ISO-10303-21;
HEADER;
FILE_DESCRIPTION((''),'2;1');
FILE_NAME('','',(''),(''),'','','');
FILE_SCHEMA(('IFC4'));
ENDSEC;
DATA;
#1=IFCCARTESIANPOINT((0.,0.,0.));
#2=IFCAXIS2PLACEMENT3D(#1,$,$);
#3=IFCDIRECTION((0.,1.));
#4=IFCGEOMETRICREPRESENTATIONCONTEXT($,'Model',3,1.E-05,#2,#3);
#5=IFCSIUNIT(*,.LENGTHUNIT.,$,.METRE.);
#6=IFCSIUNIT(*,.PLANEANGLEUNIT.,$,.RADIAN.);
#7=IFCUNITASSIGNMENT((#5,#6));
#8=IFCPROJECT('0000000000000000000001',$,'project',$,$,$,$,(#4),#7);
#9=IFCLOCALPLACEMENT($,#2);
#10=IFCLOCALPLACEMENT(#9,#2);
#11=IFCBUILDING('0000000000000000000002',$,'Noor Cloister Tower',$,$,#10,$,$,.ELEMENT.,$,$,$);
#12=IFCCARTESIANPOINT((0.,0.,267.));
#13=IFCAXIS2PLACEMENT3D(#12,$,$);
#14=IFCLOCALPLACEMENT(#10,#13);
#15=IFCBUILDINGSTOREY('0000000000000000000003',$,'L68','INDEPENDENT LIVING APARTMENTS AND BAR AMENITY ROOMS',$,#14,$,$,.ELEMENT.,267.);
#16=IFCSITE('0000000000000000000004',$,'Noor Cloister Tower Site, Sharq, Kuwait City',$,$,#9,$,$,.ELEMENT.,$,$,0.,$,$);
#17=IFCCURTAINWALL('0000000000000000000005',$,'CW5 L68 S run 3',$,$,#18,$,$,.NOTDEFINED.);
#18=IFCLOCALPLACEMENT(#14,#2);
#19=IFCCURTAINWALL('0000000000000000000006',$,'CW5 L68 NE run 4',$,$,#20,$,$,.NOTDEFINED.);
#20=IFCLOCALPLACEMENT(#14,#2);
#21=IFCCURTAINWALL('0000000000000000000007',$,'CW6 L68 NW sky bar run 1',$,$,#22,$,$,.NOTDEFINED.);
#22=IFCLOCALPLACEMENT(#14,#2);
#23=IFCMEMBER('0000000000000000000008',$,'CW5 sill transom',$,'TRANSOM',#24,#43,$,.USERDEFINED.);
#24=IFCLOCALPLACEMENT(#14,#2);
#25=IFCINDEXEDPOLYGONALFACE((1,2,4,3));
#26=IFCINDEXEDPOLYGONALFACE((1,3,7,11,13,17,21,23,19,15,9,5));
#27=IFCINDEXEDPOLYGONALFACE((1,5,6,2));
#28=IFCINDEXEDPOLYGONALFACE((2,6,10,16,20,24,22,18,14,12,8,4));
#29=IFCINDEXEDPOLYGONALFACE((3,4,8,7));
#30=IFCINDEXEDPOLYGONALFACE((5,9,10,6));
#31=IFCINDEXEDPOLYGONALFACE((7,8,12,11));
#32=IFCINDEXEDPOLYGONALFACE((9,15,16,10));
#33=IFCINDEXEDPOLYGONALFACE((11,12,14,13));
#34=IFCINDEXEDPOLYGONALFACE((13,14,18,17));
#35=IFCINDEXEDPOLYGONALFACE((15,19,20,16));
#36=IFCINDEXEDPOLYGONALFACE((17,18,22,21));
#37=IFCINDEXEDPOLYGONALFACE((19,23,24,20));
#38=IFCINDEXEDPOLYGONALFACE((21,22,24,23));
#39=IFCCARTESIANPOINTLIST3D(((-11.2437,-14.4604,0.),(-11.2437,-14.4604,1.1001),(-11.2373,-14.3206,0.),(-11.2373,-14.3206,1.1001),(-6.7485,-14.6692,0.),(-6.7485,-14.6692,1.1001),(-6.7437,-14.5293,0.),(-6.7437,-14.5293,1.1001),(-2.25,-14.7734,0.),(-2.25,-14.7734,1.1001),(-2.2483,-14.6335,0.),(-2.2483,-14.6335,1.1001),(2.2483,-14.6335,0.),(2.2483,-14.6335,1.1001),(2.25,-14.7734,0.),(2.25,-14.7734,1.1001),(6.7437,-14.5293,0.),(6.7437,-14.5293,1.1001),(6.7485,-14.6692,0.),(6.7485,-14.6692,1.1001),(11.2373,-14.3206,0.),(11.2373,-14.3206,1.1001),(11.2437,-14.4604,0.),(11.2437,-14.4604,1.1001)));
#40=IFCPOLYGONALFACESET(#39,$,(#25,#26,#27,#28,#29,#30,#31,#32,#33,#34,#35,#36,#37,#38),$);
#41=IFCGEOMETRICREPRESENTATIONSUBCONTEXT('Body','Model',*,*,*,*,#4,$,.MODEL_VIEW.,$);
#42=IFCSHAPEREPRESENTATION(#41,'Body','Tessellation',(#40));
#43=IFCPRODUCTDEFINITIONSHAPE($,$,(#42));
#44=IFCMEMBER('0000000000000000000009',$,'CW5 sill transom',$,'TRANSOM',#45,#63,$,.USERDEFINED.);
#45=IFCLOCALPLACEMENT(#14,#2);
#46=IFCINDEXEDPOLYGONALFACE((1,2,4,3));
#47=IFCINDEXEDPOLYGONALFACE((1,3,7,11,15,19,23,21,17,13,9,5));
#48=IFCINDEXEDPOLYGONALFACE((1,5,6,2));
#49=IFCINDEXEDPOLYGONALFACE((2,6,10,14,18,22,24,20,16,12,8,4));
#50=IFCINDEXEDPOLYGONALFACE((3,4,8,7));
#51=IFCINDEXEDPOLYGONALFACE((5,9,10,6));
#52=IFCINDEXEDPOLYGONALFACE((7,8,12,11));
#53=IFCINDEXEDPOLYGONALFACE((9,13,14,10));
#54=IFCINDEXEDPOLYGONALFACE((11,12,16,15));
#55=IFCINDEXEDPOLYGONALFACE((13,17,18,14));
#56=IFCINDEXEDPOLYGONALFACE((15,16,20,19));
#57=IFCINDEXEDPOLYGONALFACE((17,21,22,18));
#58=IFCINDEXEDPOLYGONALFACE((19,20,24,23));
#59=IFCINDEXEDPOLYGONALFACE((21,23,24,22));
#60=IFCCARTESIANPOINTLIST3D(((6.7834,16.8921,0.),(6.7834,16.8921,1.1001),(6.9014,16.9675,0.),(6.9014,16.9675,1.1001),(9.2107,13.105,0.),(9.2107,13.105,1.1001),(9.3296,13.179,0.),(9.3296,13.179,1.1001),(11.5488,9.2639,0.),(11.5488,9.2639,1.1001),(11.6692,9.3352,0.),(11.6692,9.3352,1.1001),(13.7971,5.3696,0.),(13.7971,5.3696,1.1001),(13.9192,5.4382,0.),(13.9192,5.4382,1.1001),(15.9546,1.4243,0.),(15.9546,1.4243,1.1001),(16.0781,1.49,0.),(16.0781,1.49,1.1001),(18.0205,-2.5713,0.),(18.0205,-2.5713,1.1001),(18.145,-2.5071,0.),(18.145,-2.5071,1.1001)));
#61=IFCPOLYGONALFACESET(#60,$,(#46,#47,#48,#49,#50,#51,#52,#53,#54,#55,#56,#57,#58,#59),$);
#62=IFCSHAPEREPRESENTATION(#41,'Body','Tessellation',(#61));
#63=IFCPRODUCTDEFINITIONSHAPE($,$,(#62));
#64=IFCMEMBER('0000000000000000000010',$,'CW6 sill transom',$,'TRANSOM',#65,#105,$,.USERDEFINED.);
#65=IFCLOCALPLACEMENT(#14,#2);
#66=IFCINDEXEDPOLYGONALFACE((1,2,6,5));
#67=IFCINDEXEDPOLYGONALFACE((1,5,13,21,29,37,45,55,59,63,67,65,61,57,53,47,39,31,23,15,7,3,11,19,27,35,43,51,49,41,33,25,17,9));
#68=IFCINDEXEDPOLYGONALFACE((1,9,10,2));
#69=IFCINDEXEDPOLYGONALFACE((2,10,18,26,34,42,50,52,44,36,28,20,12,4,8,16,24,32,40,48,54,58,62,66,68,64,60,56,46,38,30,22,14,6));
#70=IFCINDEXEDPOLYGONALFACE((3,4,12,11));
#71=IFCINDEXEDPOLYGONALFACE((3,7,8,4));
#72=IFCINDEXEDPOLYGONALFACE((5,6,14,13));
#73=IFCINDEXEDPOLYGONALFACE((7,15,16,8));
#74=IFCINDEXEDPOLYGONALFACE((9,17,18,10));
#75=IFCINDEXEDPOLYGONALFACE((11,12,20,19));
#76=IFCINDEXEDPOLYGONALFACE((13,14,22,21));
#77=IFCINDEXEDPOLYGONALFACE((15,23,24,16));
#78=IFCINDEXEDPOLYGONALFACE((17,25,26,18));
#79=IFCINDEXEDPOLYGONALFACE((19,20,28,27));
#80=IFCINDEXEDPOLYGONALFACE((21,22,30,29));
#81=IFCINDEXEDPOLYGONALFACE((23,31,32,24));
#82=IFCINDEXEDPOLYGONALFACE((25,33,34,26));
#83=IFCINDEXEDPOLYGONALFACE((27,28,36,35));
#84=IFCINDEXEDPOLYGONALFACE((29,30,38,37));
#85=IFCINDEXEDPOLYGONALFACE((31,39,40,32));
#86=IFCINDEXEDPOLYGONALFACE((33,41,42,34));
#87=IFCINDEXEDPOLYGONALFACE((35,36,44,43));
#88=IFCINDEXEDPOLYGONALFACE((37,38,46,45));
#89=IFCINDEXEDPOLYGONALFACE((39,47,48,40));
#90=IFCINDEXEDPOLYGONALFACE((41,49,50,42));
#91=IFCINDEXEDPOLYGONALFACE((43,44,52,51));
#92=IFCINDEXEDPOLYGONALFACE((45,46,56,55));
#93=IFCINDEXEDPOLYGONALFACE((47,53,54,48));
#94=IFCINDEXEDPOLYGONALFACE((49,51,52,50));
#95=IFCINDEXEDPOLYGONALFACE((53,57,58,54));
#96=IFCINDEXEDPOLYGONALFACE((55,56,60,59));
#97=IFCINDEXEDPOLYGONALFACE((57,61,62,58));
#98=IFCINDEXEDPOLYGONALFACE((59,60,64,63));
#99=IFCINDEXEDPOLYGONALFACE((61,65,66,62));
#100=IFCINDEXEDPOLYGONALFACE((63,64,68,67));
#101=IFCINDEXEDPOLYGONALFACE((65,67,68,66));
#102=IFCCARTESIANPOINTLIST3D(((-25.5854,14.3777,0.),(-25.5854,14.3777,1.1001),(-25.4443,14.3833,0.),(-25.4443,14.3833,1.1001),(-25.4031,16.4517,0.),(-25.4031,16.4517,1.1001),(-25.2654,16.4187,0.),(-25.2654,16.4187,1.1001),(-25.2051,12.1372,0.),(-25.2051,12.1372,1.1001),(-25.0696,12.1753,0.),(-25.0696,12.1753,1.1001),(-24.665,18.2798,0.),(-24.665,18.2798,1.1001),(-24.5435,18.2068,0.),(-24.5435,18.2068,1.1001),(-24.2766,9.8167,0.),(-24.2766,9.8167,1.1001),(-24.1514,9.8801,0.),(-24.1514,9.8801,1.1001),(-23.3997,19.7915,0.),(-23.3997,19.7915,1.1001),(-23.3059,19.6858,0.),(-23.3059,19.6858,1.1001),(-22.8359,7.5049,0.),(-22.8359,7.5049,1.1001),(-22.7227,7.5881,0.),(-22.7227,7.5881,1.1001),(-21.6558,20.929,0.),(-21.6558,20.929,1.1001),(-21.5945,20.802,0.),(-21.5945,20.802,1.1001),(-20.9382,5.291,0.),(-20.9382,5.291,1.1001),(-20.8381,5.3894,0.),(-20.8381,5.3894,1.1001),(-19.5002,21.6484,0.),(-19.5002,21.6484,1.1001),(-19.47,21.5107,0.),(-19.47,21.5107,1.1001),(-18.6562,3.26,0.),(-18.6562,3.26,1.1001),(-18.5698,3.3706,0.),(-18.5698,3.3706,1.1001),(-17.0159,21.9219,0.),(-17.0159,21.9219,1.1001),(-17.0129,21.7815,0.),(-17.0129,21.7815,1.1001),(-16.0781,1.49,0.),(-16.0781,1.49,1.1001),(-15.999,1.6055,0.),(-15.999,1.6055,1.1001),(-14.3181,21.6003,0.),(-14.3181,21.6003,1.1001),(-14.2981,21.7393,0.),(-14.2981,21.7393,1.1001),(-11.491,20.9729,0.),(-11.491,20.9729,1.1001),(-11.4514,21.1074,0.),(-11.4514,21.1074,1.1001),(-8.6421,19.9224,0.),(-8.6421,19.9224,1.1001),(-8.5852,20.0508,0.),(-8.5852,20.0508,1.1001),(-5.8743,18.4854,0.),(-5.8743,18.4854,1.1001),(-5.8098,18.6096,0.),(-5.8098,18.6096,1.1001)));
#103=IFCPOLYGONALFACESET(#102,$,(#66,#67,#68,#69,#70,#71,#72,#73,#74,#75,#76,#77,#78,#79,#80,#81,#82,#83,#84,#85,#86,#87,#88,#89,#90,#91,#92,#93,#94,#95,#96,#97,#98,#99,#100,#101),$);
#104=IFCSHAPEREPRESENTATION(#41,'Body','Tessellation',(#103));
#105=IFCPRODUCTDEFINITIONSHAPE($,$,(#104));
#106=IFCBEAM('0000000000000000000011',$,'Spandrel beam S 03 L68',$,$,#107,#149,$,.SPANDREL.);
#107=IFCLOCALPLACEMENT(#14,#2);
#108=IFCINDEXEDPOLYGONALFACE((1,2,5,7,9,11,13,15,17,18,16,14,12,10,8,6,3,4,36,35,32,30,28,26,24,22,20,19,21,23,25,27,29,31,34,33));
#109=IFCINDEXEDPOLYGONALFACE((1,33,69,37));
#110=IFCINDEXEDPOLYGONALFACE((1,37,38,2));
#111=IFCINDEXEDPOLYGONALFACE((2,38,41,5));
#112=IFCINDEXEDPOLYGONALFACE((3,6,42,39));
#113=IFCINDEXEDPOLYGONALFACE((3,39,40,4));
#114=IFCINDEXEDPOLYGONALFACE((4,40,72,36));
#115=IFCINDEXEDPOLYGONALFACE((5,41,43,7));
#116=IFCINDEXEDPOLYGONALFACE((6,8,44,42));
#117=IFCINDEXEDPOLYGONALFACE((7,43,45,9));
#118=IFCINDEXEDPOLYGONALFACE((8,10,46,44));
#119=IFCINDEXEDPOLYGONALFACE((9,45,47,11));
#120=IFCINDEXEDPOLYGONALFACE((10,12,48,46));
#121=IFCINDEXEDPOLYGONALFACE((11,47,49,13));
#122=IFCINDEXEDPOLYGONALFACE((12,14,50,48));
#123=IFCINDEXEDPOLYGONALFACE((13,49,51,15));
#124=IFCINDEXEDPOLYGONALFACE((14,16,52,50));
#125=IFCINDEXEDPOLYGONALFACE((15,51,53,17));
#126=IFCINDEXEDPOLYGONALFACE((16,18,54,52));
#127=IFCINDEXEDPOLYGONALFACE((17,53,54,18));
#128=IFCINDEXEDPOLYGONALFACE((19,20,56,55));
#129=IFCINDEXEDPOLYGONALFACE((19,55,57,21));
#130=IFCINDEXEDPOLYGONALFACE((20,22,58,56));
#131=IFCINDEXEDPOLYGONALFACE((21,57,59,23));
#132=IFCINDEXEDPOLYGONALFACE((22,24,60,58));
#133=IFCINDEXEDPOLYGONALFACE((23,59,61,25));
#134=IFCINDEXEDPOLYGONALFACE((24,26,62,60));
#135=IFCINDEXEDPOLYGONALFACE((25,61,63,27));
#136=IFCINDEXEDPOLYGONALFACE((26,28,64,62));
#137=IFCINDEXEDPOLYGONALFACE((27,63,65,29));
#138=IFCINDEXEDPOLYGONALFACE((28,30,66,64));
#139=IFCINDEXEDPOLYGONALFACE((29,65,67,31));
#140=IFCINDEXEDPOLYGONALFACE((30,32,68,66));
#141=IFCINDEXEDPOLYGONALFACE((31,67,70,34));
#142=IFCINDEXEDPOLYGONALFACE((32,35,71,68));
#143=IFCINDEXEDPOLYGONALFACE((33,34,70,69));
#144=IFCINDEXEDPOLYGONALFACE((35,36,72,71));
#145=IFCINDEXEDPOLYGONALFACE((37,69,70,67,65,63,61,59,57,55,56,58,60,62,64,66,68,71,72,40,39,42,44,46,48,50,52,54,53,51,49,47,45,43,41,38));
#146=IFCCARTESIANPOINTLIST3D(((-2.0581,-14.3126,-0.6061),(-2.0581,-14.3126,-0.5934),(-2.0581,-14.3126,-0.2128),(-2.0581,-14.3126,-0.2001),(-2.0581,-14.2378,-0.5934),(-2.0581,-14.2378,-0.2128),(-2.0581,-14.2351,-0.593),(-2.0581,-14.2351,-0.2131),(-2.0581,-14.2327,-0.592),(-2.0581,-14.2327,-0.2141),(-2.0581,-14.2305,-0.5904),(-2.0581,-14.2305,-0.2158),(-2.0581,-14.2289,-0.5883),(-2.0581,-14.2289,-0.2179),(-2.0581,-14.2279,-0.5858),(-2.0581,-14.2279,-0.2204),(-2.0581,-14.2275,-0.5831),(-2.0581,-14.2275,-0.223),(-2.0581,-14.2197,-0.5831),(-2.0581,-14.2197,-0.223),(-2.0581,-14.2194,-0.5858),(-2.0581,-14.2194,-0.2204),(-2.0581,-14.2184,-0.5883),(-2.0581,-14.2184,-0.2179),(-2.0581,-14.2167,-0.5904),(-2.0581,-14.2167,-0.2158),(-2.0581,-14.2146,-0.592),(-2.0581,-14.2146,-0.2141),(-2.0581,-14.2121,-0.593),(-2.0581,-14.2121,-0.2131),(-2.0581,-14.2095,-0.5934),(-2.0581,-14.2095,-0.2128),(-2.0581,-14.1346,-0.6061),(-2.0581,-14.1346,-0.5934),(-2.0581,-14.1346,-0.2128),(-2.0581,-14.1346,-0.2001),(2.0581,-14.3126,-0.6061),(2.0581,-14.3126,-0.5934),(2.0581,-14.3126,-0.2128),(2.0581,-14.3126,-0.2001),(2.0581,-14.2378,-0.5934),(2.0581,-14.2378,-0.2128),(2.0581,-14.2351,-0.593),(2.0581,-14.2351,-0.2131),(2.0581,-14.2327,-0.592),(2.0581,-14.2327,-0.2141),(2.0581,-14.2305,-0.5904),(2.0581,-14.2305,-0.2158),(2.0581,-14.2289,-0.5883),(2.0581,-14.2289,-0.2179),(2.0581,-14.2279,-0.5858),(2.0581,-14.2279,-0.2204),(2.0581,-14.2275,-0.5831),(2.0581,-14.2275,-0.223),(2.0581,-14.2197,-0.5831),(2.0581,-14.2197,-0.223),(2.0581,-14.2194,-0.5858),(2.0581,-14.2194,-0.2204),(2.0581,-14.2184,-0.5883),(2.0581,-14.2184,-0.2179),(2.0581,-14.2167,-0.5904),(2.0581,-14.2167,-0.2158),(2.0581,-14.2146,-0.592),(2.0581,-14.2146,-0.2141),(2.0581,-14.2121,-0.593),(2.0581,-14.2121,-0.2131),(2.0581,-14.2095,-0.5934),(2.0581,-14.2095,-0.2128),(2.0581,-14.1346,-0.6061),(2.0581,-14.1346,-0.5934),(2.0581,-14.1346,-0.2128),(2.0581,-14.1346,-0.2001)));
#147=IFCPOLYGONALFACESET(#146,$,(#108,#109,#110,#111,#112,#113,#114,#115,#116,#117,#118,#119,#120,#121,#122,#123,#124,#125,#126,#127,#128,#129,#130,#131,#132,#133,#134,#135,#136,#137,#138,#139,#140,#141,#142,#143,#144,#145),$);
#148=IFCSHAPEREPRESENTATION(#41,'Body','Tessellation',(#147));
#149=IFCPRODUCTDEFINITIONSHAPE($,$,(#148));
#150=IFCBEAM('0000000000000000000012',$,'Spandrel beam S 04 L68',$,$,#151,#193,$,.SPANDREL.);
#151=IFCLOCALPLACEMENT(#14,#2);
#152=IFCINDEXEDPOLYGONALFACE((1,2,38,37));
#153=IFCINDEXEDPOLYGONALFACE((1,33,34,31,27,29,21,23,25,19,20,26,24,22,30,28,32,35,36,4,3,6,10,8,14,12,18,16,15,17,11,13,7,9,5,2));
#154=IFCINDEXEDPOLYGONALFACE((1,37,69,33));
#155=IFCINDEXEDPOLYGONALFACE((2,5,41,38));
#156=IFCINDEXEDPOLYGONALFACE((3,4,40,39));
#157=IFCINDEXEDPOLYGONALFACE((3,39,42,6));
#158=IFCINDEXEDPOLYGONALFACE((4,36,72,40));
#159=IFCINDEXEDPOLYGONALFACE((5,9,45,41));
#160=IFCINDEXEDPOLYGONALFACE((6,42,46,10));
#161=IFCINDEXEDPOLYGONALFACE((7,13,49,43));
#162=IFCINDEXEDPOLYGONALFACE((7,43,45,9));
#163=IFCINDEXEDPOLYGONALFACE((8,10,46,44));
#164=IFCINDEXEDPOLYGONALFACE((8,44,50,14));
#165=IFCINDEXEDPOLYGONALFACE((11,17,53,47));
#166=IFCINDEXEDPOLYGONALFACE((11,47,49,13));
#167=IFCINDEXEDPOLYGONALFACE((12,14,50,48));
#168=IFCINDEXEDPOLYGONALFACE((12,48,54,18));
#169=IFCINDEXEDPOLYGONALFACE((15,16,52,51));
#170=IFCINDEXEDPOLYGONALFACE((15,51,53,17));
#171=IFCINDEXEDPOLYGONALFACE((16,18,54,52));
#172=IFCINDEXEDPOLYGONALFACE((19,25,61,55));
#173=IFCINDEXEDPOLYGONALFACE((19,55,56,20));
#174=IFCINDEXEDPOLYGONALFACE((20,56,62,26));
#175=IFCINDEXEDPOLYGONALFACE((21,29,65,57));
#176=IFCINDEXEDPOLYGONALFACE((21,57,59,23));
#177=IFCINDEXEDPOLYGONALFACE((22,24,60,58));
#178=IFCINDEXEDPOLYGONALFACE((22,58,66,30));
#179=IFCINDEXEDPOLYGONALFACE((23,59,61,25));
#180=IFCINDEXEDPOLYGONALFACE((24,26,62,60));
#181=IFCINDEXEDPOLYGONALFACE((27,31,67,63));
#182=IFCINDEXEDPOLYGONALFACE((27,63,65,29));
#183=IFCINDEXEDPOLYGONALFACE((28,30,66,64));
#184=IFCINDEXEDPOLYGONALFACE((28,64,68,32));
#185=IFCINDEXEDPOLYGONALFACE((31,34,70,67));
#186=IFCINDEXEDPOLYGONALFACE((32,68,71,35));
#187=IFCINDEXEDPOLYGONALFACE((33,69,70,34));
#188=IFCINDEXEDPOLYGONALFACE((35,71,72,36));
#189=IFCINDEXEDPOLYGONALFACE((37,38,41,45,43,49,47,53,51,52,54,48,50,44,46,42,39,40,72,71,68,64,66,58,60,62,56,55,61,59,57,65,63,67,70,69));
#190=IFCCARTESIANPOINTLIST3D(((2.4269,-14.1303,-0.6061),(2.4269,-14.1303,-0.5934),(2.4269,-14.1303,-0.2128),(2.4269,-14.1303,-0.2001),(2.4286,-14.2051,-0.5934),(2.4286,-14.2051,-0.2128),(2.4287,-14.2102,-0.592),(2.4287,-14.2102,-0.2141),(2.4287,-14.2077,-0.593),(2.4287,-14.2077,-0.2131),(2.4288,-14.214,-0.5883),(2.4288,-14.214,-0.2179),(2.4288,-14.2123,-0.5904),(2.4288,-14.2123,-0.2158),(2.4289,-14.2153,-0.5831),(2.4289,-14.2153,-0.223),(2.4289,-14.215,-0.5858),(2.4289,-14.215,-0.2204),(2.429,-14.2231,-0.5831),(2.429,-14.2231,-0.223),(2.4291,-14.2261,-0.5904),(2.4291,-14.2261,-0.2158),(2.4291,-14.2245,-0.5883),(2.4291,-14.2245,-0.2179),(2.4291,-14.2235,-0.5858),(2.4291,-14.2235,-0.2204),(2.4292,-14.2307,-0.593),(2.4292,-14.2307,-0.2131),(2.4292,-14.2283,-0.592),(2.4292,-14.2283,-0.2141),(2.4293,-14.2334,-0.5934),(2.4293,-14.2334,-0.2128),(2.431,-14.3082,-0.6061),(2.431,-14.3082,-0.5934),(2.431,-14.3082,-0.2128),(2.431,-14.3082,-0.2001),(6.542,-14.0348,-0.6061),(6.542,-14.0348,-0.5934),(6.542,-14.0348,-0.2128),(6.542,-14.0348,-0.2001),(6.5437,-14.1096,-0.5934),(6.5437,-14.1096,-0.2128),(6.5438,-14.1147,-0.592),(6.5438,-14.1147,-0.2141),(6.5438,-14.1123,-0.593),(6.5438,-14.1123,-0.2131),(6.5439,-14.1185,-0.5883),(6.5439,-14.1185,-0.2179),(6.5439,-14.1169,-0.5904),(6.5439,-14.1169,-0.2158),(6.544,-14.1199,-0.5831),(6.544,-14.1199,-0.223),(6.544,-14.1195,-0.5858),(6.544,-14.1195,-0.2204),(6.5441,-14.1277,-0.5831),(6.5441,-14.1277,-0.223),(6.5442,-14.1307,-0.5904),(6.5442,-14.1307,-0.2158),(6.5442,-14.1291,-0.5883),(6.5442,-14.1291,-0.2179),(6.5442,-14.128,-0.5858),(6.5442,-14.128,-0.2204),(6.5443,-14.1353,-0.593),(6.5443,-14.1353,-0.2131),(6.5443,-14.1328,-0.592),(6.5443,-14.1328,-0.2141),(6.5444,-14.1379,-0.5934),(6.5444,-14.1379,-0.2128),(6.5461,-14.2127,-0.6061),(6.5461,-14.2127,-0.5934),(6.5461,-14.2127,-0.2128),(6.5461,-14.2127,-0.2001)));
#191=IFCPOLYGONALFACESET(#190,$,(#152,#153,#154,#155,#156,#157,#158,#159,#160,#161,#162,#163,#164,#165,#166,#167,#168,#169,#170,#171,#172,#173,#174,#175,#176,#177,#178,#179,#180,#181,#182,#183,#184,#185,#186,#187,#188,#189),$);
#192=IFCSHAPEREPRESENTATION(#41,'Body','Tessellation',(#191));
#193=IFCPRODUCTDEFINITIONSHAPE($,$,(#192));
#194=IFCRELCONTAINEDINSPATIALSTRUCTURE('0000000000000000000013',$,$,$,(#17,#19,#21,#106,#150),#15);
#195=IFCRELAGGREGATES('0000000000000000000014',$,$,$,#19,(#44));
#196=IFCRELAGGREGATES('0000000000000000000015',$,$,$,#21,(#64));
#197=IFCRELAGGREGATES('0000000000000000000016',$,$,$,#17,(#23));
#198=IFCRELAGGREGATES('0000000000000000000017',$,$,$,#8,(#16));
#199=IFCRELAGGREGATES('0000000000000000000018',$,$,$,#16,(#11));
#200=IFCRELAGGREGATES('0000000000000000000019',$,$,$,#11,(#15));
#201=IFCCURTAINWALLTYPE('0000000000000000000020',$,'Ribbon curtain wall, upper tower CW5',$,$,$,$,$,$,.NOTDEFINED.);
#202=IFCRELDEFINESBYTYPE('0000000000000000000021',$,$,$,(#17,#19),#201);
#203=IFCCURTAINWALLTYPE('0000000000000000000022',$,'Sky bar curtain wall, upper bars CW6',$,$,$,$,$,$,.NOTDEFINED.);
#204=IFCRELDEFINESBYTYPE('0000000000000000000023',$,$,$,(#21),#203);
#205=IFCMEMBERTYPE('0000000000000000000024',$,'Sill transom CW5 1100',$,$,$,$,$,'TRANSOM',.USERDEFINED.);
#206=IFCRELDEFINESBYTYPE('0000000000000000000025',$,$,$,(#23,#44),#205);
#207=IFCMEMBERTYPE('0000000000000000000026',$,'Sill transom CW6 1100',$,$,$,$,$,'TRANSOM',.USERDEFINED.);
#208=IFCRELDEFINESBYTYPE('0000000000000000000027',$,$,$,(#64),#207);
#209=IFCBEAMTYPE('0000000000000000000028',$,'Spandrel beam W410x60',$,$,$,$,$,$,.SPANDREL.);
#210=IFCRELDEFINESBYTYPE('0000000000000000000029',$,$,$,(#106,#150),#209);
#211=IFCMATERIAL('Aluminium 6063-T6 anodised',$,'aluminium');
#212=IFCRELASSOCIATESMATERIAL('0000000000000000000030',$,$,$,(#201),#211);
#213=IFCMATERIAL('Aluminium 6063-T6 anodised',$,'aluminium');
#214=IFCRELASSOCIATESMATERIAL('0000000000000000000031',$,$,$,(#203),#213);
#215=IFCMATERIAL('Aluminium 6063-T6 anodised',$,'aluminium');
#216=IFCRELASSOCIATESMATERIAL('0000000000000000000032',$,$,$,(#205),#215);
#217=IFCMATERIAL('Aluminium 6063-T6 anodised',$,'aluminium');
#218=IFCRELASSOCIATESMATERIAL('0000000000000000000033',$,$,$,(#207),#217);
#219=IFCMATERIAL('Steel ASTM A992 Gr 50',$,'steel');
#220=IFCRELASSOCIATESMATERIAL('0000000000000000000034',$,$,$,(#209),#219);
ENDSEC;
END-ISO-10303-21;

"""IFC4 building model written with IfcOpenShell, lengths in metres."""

from ifc_helpers import new_model, si_unit, direction, frame, origin, origin_2d, place, context, subcontext, project, spatial, polyline, i_section, outline, extrude, material, material_profile, profile_set, type_object, element, aggregate, save


model = new_model("IFC4")

# Units and contexts
model_context = context("Model", 3, precision=1e-05, world=origin(), true_north=direction((0.0, 1.0)))
body_context = subcontext(model_context, "Body", "Model", "MODEL_VIEW")
ifc_project = project(units=[si_unit("LENGTHUNIT", "METRE"), si_unit("PLANEANGLEUNIT", "RADIAN")], contexts=[model_context])

# Site, building, storey
site_placement = place(None, origin())
site = spatial("IfcSite", under=ifc_project, at=site_placement, Name="Noor Cloister Tower Site, Sharq, Kuwait City", CompositionType="ELEMENT", RefElevation=0.0)
building_placement = place(site_placement, origin())
building = spatial("IfcBuilding", under=site, at=building_placement, Name="Noor Cloister Tower", CompositionType="ELEMENT")
storey_placement = place(building_placement, frame((0.0, 0.0, 267.0)))
storey = spatial("IfcBuildingStorey", under=building, at=storey_placement, Name="L68", Description="INDEPENDENT LIVING APARTMENTS AND BAR AMENITY ROOMS", CompositionType="ELEMENT", Elevation=267.0)

# Curtain walls
ifc_material_1 = material(Name="Aluminium 6063-T6 anodised", Category="aluminium")
curtain_wall_type_1 = type_object("IfcCurtainWallType", Name="Ribbon curtain wall, upper tower CW5", PredefinedType="NOTDEFINED", material=ifc_material_1)
curtain_wall_1_placement = place(storey_placement, origin())
curtain_wall_1 = element("IfcCurtainWall", 1, at=curtain_wall_1_placement, inside=storey, type_object=curtain_wall_type_1, Name="CW5 L68 S run 3", PredefinedType="NOTDEFINED")
curtain_wall_2_placement = place(storey_placement, origin())
curtain_wall_2 = element("IfcCurtainWall", 2, at=curtain_wall_2_placement, inside=storey, type_object=curtain_wall_type_1, Name="CW5 L68 NE run 4", PredefinedType="NOTDEFINED")
ifc_material_2 = material(Name="Aluminium 6063-T6 anodised", Category="aluminium")
curtain_wall_type_2 = type_object("IfcCurtainWallType", Name="Sky bar curtain wall, upper bars CW6", PredefinedType="NOTDEFINED", material=ifc_material_2)
curtain_wall_3_placement = place(storey_placement, origin())
curtain_wall_3 = element("IfcCurtainWall", 3, at=curtain_wall_3_placement, inside=storey, type_object=curtain_wall_type_2, Name="CW6 L68 NW sky bar run 1", PredefinedType="NOTDEFINED")

# Members
ifc_material_3 = material(Name="Aluminium 6063-T6 anodised", Category="aluminium")
member_type_1 = type_object("IfcMemberType", Name="Sill transom CW5 1100", ElementType="TRANSOM", PredefinedType="USERDEFINED", material=ifc_material_3)
member_1_placement = place(storey_placement, origin())
member_1 = element("IfcMember", 4, at=member_1_placement, type_object=member_type_1, Name="CW5 sill transom", ObjectType="TRANSOM", PredefinedType="USERDEFINED", context=body_context, shape_type="SweptSolid", body=[
    extrude(outline(polyline([(-11.2437, -14.4604), (-6.7485, -14.6692), (-2.25, -14.7734), (2.25, -14.7734), (6.7485, -14.6692), (11.2437, -14.4604), (11.2373, -14.3206), (6.7437, -14.5293), (2.2483, -14.6335), (-2.2483, -14.6335), (-6.7437, -14.5293), (-11.2373, -14.3206), (-11.2437, -14.4604)])), origin(), (0.0, 0.0, 1.0), 1.1001),
])
member_2_placement = place(storey_placement, origin())
member_2 = element("IfcMember", 5, at=member_2_placement, type_object=member_type_1, Name="CW5 sill transom", ObjectType="TRANSOM", PredefinedType="USERDEFINED", context=body_context, shape_type="SweptSolid", body=[
    extrude(outline(polyline([(18.145, -2.5071), (16.0781, 1.49), (13.9192, 5.4382), (11.6692, 9.3352), (9.3296, 13.179), (6.9014, 16.9675), (6.7834, 16.8921), (9.2107, 13.105), (11.5488, 9.2639), (13.7971, 5.3696), (15.9546, 1.4243), (18.0205, -2.5713), (18.145, -2.5071)])), origin(), (0.0, 0.0, 1.0), 1.1001),
])
aggregate(curtain_wall_2, [member_2])
ifc_material_4 = material(Name="Aluminium 6063-T6 anodised", Category="aluminium")
member_type_2 = type_object("IfcMemberType", Name="Sill transom CW6 1100", ElementType="TRANSOM", PredefinedType="USERDEFINED", material=ifc_material_4)
member_3_placement = place(storey_placement, origin())
member_3 = element("IfcMember", 6, at=member_3_placement, type_object=member_type_2, Name="CW6 sill transom", ObjectType="TRANSOM", PredefinedType="USERDEFINED", context=body_context, shape_type="SweptSolid", body=[
    extrude(outline(polyline([(-5.8098, 18.6096), (-8.5852, 20.0508), (-11.4514, 21.1074), (-14.2981, 21.7393), (-17.0159, 21.9219), (-19.5002, 21.6484), (-21.6558, 20.929), (-23.3997, 19.7915), (-24.665, 18.2798), (-25.4031, 16.4517), (-25.5854, 14.3777), (-25.2051, 12.1372), (-24.2766, 9.8167), (-22.8359, 7.5049), (-20.9382, 5.291), (-18.6562, 3.26), (-16.0781, 1.49), (-15.999, 1.6055), (-18.5698, 3.3706), (-20.8381, 5.3894), (-22.7227, 7.5881), (-24.1514, 9.8801), (-25.0696, 12.1753), (-25.4443, 14.3833), (-25.2654, 16.4187), (-24.5435, 18.2068), (-23.3059, 19.6858), (-21.5945, 20.802), (-19.47, 21.5107), (-17.0129, 21.7815), (-14.3181, 21.6003), (-11.491, 20.9729), (-8.6421, 19.9224), (-5.8743, 18.4854), (-5.8098, 18.6096)])), origin(), (0.0, 0.0, 1.0), 1.1001),
])
aggregate(curtain_wall_3, [member_3])

# Beams
ifc_material_5 = material(Name="Steel ASTM A992 Gr 50", Category="steel")
ifc_material_profile_1 = material_profile(ifc_material_5, i_section(OverallWidth=0.178, OverallDepth=0.406, WebThickness=0.0078, FlangeThickness=0.0127, FilletRadius=0.0103, at=origin_2d()), Name="W410x60")
ifc_profile_set_1 = profile_set([ifc_material_profile_1], Name="Steel ASTM A992 Gr 50")
beam_type_1 = type_object("IfcBeamType", Name="Spandrel beam W410x60", PredefinedType="SPANDREL", material=ifc_profile_set_1)
for number, where, z_axis, x_axis, name in (
    (7, (-2.0581, -14.2236, -0.4031), (1.0, 0.0, 0.0), (0.0, 1.0, 0.0), "Spandrel beam S 03 L68"),
    (8, (2.429, -14.2192, -0.4031), (0.999731, 0.023192, 0.0), (-0.023192, 0.999731, 0.0), "Spandrel beam S 04 L68"),
):
    element("IfcBeam", number, at=place(storey_placement, frame(where, z_axis=z_axis, x_axis=x_axis)), inside=storey, type_object=beam_type_1, Name=name, PredefinedType="SPANDREL", context=body_context, shape_type="SweptSolid", body=[
        extrude(i_section(OverallWidth=0.178, OverallDepth=0.406, WebThickness=0.0078, FlangeThickness=0.0127, FilletRadius=0.0103, at=origin_2d()), origin(), (0.0, 0.0, 1.0), 4.1162),
    ])

aggregate(curtain_wall_1, [member_1])

save(model, "model.ifc")
